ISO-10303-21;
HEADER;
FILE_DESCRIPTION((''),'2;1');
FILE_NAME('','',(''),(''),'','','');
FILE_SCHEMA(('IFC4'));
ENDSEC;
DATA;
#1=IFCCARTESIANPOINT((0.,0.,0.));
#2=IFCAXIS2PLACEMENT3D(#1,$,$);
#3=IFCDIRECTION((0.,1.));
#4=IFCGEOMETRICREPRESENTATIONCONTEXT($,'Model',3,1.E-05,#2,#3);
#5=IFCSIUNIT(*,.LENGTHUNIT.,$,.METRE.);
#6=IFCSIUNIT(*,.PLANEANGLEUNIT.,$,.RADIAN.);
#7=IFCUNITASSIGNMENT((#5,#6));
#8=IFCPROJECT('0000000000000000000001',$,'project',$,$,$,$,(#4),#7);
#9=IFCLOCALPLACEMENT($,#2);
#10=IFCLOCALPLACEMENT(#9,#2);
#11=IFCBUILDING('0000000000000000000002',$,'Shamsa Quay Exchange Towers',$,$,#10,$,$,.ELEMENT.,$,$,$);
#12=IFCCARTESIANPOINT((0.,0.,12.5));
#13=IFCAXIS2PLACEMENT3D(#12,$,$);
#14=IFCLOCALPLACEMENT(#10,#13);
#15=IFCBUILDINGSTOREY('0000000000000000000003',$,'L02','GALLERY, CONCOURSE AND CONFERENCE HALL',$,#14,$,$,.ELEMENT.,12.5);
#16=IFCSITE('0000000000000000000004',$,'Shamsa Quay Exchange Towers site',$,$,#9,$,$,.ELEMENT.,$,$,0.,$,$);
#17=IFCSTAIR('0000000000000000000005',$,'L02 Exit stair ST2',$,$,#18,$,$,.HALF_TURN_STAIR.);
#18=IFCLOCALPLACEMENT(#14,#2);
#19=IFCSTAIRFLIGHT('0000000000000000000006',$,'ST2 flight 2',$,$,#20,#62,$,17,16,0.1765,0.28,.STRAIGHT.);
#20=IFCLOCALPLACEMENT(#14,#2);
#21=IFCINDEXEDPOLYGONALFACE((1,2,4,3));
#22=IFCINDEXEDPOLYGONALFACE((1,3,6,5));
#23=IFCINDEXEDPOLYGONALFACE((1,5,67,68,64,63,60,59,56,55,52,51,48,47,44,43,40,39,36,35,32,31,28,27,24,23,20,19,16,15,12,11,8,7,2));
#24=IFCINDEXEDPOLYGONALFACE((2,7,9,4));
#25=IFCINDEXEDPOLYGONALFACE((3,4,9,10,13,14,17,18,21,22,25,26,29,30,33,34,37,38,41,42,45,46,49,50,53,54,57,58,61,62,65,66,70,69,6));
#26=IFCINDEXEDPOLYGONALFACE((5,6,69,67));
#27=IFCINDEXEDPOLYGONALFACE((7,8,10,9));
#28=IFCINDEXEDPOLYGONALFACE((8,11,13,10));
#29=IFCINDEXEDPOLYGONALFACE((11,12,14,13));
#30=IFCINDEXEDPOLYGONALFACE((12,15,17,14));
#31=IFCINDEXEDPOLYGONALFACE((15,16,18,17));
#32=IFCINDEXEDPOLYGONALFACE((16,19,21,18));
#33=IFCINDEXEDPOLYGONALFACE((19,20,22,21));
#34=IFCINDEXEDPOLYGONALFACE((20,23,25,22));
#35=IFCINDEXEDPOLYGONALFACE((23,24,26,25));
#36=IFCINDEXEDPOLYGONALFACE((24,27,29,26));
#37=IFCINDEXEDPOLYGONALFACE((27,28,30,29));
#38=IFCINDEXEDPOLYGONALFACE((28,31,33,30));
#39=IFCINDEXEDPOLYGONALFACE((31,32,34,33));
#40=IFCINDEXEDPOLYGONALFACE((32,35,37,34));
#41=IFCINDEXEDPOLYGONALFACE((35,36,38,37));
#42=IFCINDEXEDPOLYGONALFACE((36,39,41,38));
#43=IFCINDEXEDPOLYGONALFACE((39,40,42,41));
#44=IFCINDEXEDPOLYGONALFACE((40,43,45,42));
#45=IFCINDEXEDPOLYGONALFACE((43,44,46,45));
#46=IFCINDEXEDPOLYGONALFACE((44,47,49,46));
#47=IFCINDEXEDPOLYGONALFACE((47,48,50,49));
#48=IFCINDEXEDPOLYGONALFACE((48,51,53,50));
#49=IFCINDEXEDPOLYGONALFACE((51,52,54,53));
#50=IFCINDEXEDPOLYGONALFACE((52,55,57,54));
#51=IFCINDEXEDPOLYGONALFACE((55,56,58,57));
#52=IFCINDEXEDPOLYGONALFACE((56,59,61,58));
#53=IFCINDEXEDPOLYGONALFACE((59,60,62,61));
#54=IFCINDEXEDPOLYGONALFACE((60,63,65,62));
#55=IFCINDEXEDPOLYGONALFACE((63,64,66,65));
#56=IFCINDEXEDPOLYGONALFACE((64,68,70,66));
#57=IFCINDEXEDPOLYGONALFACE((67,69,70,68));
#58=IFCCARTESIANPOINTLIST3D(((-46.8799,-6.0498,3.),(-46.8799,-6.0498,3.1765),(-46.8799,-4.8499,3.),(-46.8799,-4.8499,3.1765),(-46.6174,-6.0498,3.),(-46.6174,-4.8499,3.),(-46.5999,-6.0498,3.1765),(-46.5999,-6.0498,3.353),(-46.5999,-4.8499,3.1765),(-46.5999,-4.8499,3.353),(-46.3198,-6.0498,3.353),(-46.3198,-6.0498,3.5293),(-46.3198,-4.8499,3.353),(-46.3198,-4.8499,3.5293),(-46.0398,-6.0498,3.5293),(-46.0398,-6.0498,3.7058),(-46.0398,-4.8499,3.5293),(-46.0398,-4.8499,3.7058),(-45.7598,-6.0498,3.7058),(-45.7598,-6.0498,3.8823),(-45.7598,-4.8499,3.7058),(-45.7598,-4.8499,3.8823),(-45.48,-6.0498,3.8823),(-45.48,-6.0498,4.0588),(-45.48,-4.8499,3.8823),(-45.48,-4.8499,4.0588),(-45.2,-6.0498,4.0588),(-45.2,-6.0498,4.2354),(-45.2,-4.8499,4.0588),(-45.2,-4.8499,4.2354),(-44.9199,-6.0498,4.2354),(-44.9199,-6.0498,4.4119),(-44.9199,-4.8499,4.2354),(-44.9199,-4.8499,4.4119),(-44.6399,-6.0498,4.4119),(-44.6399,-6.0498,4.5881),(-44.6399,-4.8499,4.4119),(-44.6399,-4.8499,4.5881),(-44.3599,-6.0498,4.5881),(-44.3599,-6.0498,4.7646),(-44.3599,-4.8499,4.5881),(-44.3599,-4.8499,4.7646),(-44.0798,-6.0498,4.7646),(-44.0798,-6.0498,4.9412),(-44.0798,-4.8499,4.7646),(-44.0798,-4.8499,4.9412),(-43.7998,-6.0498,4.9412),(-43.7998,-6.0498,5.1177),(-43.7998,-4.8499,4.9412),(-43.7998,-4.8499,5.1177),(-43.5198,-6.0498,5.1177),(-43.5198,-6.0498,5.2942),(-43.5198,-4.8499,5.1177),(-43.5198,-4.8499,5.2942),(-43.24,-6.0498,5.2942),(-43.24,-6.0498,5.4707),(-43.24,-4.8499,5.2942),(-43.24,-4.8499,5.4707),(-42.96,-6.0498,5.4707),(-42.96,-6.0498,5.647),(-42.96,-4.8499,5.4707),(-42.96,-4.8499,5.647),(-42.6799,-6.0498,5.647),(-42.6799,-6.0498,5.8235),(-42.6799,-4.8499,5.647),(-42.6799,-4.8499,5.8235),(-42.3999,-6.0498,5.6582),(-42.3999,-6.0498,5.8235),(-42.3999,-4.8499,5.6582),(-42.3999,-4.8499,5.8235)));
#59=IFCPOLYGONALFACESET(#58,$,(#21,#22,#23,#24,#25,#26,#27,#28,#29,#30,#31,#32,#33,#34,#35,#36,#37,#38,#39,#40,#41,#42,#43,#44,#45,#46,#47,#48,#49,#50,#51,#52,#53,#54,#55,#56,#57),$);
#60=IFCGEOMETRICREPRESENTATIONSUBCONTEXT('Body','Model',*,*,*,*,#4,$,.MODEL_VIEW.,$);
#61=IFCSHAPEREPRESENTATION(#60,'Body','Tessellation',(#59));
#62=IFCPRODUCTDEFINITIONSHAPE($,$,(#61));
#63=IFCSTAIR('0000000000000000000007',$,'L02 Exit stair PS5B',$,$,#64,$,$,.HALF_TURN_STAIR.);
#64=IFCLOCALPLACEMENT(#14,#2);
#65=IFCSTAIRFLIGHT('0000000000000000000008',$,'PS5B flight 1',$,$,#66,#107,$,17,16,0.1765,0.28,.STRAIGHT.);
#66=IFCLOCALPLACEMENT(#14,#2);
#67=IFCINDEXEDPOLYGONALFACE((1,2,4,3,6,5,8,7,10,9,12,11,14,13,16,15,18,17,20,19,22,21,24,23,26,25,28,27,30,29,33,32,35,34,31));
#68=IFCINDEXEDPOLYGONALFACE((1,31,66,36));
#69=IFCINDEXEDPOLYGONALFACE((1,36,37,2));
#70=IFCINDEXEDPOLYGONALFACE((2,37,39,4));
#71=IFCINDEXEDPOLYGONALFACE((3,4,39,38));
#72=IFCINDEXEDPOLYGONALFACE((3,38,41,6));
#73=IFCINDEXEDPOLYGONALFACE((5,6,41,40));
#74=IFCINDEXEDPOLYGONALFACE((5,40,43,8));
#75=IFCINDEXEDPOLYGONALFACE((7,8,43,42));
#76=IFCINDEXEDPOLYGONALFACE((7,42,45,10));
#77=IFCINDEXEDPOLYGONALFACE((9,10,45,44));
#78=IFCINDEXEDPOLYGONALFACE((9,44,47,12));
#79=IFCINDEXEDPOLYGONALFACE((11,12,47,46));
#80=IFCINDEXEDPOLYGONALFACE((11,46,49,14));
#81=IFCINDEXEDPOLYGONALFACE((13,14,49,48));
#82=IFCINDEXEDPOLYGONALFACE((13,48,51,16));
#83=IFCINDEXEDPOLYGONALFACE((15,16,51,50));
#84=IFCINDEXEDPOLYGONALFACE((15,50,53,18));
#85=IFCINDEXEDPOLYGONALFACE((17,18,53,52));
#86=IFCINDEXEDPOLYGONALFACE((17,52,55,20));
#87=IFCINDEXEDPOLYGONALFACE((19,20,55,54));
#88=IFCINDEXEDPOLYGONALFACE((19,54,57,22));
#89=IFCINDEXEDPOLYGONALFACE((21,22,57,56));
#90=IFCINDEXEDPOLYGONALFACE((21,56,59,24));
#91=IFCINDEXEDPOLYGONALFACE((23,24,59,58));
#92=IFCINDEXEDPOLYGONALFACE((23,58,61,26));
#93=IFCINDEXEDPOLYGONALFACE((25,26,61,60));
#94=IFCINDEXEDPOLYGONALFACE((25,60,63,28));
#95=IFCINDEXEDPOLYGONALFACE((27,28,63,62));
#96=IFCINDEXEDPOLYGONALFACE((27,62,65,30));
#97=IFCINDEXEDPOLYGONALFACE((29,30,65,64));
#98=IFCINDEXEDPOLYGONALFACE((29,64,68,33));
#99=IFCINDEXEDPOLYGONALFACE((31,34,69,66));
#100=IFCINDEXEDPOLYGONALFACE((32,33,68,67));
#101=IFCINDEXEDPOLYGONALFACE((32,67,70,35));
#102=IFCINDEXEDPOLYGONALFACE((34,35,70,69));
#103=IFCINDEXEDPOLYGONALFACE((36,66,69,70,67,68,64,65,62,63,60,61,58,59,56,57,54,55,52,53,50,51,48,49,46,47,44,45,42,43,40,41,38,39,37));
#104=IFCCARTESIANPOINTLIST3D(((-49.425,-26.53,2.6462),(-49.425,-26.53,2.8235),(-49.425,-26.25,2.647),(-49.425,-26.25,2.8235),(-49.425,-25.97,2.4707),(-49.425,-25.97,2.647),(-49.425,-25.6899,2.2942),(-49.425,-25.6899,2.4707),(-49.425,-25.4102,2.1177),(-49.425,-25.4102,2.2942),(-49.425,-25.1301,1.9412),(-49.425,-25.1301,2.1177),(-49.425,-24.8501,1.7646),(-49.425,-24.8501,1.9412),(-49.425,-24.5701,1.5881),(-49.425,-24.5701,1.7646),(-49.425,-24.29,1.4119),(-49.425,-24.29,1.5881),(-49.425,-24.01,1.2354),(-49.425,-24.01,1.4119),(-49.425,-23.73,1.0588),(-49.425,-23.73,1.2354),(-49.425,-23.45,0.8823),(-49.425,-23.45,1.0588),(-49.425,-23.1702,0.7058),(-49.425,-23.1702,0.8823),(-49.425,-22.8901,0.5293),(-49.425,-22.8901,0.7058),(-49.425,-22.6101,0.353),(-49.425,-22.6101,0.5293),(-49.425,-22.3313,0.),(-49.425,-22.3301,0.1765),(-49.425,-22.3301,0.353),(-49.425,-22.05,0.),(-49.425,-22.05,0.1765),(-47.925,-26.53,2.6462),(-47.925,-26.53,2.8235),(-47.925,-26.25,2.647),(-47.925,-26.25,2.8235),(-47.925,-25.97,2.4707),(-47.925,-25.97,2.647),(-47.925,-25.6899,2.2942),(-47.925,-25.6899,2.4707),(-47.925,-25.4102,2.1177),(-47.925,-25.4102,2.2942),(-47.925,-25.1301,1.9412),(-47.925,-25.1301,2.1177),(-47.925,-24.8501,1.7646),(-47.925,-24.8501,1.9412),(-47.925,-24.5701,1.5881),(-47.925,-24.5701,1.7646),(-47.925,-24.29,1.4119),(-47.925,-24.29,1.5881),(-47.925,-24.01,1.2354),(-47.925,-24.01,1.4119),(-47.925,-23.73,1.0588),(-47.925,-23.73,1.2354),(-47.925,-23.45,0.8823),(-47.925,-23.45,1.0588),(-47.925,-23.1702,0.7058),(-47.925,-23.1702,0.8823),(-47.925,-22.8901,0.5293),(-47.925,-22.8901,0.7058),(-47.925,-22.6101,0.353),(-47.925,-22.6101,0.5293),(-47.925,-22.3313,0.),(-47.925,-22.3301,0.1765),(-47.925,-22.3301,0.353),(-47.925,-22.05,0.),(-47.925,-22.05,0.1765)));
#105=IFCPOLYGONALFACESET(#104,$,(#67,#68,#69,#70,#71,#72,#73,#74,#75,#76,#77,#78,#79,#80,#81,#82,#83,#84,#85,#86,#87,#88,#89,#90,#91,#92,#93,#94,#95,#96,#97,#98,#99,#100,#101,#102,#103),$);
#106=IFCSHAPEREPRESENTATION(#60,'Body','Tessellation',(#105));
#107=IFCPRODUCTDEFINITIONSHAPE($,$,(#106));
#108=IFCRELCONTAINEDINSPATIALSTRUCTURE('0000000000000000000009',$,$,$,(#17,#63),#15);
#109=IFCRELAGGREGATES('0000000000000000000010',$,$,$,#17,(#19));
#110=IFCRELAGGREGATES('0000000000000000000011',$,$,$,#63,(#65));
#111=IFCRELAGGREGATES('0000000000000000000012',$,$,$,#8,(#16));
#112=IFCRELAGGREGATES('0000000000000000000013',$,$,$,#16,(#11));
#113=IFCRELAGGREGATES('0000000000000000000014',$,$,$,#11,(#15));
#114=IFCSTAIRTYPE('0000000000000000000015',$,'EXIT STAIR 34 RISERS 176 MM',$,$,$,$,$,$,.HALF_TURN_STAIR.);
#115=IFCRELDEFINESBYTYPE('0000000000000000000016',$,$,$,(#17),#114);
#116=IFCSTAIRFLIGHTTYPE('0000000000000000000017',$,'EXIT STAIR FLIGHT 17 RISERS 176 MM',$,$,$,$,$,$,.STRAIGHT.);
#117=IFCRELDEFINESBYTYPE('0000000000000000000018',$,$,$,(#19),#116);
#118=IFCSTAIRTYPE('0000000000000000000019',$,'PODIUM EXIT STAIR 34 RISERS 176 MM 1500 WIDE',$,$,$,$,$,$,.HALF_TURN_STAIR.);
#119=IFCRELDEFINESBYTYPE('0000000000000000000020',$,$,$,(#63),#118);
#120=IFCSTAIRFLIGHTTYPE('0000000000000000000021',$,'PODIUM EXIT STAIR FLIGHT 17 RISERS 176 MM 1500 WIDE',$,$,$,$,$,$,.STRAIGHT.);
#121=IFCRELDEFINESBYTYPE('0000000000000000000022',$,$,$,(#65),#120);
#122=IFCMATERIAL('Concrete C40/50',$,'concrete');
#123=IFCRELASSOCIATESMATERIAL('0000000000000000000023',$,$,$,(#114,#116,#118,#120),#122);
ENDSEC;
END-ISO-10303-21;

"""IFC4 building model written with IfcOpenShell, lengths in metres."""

from ifc_helpers import new_model, si_unit, direction, frame, origin, place, context, subcontext, project, spatial, polyline, outline, extrude, material, type_object, element, aggregate, save


model = new_model("IFC4")

# Units and contexts
model_context = context("Model", 3, precision=1e-05, world=origin(), true_north=direction((0.0, 1.0)))
body_context = subcontext(model_context, "Body", "Model", "MODEL_VIEW")
ifc_project = project(units=[si_unit("LENGTHUNIT", "METRE"), si_unit("PLANEANGLEUNIT", "RADIAN")], contexts=[model_context])

# Site, building, storey
site_placement = place(None, origin())
site = spatial("IfcSite", under=ifc_project, at=site_placement, Name="Shamsa Quay Exchange Towers site", CompositionType="ELEMENT", RefElevation=0.0)
building_placement = place(site_placement, origin())
building = spatial("IfcBuilding", under=site, at=building_placement, Name="Shamsa Quay Exchange Towers", CompositionType="ELEMENT")
storey_placement = place(building_placement, frame((0.0, 0.0, 12.5)))
storey = spatial("IfcBuildingStorey", under=building, at=storey_placement, Name="L02", Description="GALLERY, CONCOURSE AND CONFERENCE HALL", CompositionType="ELEMENT", Elevation=12.5)

# Stairs, stair flights
ifc_material_1 = material(Name="Concrete C40/50", Category="concrete")
stair_type_1 = type_object("IfcStairType", Name="EXIT STAIR 34 RISERS 176 MM", PredefinedType="HALF_TURN_STAIR", material=ifc_material_1)
stair_1_placement = place(storey_placement, origin())
stair_1 = element("IfcStair", 1, at=stair_1_placement, inside=storey, type_object=stair_type_1, Name="L02 Exit stair ST2", PredefinedType="HALF_TURN_STAIR")
stair_flight_type_1 = type_object("IfcStairFlightType", Name="EXIT STAIR FLIGHT 17 RISERS 176 MM", PredefinedType="STRAIGHT", material=ifc_material_1)
stair_flight_1_placement = place(storey_placement, frame((-46.8799, -5.45, 3.0)))
stair_flight_1 = element("IfcStairFlight", 2, at=stair_flight_1_placement, type_object=stair_flight_type_1, Name="ST2 flight 2", NumberOfRisers=17, NumberOfTreads=16, PredefinedType="STRAIGHT", RiserHeight=0.1765, TreadLength=0.28, context=body_context, shape_type="SweptSolid", body=[
    extrude(outline(polyline([(0.0, 0.0), (0.0, 0.1765), (0.28, 0.1765), (0.28, 0.353), (0.5601, 0.353), (0.5601, 0.5293), (0.8401, 0.5293), (0.8401, 0.7058), (1.1201, 0.7058), (1.1201, 0.8823), (1.3999, 0.8823), (1.3999, 1.0588), (1.6799, 1.0588), (1.6799, 1.2354), (1.96, 1.2354), (1.96, 1.4119), (2.24, 1.4119), (2.24, 1.5881), (2.52, 1.5881), (2.52, 1.7646), (2.8, 1.7646), (2.8, 1.9412), (3.0801, 1.9412), (3.0801, 2.1177), (3.3601, 2.1177), (3.3601, 2.2942), (3.6399, 2.2942), (3.6399, 2.4707), (3.9199, 2.4707), (3.9199, 2.647), (4.2, 2.647), (4.2, 2.8235), (4.48, 2.8235), (4.48, 3.0), (4.48, 2.6582), (0.2625, 0.0), (0.0, 0.0)])), frame((0.0, 0.6001, 0.0), z_axis=(0.0, -1.0, 0.0), x_axis=(1.0, 0.0, 0.0)), (0.0, 0.0, 1.0), 1.2),
])
aggregate(stair_1, [stair_flight_1])
stair_type_2 = type_object("IfcStairType", Name="PODIUM EXIT STAIR 34 RISERS 176 MM 1500 WIDE", PredefinedType="HALF_TURN_STAIR", material=ifc_material_1)
stair_2_placement = place(storey_placement, origin())
stair_2 = element("IfcStair", 3, at=stair_2_placement, inside=storey, type_object=stair_type_2, Name="L02 Exit stair PS5B", PredefinedType="HALF_TURN_STAIR")
stair_flight_type_2 = type_object("IfcStairFlightType", Name="PODIUM EXIT STAIR FLIGHT 17 RISERS 176 MM 1500 WIDE", PredefinedType="STRAIGHT", material=ifc_material_1)
stair_flight_2_placement = place(storey_placement, frame((-48.675, -22.05, 0.0), z_axis=(0.0, 0.0, 1.0), x_axis=(0.0, -1.0, 0.0)))
stair_flight_2 = element("IfcStairFlight", 4, at=stair_flight_2_placement, type_object=stair_flight_type_2, Name="PS5B flight 1", NumberOfRisers=17, NumberOfTreads=16, PredefinedType="STRAIGHT", RiserHeight=0.1765, TreadLength=0.28, context=body_context, shape_type="SweptSolid", body=[
    extrude(outline(polyline([(0.0, 0.0), (0.0, 0.1765), (0.28, 0.1765), (0.28, 0.353), (0.5601, 0.353), (0.5601, 0.5293), (0.8401, 0.5293), (0.8401, 0.7058), (1.1201, 0.7058), (1.1201, 0.8823), (1.3999, 0.8823), (1.3999, 1.0588), (1.6799, 1.0588), (1.6799, 1.2354), (1.96, 1.2354), (1.96, 1.4119), (2.24, 1.4119), (2.24, 1.5881), (2.52, 1.5881), (2.52, 1.7646), (2.8, 1.7646), (2.8, 1.9412), (3.0801, 1.9412), (3.0801, 2.1177), (3.3601, 2.1177), (3.3601, 2.2942), (3.6399, 2.2942), (3.6399, 2.4707), (3.9199, 2.4707), (3.9199, 2.647), (4.2, 2.647), (4.2, 2.8235), (4.48, 2.8235), (4.48, 3.0), (4.48, 2.6462), (0.2812, 0.0), (0.0, 0.0)])), frame((0.0, 0.75, 0.0), z_axis=(0.0, -1.0, 0.0), x_axis=(1.0, 0.0, 0.0)), (0.0, 0.0, 1.0), 1.5),
])
aggregate(stair_2, [stair_flight_2])

save(model, "model.ifc")
